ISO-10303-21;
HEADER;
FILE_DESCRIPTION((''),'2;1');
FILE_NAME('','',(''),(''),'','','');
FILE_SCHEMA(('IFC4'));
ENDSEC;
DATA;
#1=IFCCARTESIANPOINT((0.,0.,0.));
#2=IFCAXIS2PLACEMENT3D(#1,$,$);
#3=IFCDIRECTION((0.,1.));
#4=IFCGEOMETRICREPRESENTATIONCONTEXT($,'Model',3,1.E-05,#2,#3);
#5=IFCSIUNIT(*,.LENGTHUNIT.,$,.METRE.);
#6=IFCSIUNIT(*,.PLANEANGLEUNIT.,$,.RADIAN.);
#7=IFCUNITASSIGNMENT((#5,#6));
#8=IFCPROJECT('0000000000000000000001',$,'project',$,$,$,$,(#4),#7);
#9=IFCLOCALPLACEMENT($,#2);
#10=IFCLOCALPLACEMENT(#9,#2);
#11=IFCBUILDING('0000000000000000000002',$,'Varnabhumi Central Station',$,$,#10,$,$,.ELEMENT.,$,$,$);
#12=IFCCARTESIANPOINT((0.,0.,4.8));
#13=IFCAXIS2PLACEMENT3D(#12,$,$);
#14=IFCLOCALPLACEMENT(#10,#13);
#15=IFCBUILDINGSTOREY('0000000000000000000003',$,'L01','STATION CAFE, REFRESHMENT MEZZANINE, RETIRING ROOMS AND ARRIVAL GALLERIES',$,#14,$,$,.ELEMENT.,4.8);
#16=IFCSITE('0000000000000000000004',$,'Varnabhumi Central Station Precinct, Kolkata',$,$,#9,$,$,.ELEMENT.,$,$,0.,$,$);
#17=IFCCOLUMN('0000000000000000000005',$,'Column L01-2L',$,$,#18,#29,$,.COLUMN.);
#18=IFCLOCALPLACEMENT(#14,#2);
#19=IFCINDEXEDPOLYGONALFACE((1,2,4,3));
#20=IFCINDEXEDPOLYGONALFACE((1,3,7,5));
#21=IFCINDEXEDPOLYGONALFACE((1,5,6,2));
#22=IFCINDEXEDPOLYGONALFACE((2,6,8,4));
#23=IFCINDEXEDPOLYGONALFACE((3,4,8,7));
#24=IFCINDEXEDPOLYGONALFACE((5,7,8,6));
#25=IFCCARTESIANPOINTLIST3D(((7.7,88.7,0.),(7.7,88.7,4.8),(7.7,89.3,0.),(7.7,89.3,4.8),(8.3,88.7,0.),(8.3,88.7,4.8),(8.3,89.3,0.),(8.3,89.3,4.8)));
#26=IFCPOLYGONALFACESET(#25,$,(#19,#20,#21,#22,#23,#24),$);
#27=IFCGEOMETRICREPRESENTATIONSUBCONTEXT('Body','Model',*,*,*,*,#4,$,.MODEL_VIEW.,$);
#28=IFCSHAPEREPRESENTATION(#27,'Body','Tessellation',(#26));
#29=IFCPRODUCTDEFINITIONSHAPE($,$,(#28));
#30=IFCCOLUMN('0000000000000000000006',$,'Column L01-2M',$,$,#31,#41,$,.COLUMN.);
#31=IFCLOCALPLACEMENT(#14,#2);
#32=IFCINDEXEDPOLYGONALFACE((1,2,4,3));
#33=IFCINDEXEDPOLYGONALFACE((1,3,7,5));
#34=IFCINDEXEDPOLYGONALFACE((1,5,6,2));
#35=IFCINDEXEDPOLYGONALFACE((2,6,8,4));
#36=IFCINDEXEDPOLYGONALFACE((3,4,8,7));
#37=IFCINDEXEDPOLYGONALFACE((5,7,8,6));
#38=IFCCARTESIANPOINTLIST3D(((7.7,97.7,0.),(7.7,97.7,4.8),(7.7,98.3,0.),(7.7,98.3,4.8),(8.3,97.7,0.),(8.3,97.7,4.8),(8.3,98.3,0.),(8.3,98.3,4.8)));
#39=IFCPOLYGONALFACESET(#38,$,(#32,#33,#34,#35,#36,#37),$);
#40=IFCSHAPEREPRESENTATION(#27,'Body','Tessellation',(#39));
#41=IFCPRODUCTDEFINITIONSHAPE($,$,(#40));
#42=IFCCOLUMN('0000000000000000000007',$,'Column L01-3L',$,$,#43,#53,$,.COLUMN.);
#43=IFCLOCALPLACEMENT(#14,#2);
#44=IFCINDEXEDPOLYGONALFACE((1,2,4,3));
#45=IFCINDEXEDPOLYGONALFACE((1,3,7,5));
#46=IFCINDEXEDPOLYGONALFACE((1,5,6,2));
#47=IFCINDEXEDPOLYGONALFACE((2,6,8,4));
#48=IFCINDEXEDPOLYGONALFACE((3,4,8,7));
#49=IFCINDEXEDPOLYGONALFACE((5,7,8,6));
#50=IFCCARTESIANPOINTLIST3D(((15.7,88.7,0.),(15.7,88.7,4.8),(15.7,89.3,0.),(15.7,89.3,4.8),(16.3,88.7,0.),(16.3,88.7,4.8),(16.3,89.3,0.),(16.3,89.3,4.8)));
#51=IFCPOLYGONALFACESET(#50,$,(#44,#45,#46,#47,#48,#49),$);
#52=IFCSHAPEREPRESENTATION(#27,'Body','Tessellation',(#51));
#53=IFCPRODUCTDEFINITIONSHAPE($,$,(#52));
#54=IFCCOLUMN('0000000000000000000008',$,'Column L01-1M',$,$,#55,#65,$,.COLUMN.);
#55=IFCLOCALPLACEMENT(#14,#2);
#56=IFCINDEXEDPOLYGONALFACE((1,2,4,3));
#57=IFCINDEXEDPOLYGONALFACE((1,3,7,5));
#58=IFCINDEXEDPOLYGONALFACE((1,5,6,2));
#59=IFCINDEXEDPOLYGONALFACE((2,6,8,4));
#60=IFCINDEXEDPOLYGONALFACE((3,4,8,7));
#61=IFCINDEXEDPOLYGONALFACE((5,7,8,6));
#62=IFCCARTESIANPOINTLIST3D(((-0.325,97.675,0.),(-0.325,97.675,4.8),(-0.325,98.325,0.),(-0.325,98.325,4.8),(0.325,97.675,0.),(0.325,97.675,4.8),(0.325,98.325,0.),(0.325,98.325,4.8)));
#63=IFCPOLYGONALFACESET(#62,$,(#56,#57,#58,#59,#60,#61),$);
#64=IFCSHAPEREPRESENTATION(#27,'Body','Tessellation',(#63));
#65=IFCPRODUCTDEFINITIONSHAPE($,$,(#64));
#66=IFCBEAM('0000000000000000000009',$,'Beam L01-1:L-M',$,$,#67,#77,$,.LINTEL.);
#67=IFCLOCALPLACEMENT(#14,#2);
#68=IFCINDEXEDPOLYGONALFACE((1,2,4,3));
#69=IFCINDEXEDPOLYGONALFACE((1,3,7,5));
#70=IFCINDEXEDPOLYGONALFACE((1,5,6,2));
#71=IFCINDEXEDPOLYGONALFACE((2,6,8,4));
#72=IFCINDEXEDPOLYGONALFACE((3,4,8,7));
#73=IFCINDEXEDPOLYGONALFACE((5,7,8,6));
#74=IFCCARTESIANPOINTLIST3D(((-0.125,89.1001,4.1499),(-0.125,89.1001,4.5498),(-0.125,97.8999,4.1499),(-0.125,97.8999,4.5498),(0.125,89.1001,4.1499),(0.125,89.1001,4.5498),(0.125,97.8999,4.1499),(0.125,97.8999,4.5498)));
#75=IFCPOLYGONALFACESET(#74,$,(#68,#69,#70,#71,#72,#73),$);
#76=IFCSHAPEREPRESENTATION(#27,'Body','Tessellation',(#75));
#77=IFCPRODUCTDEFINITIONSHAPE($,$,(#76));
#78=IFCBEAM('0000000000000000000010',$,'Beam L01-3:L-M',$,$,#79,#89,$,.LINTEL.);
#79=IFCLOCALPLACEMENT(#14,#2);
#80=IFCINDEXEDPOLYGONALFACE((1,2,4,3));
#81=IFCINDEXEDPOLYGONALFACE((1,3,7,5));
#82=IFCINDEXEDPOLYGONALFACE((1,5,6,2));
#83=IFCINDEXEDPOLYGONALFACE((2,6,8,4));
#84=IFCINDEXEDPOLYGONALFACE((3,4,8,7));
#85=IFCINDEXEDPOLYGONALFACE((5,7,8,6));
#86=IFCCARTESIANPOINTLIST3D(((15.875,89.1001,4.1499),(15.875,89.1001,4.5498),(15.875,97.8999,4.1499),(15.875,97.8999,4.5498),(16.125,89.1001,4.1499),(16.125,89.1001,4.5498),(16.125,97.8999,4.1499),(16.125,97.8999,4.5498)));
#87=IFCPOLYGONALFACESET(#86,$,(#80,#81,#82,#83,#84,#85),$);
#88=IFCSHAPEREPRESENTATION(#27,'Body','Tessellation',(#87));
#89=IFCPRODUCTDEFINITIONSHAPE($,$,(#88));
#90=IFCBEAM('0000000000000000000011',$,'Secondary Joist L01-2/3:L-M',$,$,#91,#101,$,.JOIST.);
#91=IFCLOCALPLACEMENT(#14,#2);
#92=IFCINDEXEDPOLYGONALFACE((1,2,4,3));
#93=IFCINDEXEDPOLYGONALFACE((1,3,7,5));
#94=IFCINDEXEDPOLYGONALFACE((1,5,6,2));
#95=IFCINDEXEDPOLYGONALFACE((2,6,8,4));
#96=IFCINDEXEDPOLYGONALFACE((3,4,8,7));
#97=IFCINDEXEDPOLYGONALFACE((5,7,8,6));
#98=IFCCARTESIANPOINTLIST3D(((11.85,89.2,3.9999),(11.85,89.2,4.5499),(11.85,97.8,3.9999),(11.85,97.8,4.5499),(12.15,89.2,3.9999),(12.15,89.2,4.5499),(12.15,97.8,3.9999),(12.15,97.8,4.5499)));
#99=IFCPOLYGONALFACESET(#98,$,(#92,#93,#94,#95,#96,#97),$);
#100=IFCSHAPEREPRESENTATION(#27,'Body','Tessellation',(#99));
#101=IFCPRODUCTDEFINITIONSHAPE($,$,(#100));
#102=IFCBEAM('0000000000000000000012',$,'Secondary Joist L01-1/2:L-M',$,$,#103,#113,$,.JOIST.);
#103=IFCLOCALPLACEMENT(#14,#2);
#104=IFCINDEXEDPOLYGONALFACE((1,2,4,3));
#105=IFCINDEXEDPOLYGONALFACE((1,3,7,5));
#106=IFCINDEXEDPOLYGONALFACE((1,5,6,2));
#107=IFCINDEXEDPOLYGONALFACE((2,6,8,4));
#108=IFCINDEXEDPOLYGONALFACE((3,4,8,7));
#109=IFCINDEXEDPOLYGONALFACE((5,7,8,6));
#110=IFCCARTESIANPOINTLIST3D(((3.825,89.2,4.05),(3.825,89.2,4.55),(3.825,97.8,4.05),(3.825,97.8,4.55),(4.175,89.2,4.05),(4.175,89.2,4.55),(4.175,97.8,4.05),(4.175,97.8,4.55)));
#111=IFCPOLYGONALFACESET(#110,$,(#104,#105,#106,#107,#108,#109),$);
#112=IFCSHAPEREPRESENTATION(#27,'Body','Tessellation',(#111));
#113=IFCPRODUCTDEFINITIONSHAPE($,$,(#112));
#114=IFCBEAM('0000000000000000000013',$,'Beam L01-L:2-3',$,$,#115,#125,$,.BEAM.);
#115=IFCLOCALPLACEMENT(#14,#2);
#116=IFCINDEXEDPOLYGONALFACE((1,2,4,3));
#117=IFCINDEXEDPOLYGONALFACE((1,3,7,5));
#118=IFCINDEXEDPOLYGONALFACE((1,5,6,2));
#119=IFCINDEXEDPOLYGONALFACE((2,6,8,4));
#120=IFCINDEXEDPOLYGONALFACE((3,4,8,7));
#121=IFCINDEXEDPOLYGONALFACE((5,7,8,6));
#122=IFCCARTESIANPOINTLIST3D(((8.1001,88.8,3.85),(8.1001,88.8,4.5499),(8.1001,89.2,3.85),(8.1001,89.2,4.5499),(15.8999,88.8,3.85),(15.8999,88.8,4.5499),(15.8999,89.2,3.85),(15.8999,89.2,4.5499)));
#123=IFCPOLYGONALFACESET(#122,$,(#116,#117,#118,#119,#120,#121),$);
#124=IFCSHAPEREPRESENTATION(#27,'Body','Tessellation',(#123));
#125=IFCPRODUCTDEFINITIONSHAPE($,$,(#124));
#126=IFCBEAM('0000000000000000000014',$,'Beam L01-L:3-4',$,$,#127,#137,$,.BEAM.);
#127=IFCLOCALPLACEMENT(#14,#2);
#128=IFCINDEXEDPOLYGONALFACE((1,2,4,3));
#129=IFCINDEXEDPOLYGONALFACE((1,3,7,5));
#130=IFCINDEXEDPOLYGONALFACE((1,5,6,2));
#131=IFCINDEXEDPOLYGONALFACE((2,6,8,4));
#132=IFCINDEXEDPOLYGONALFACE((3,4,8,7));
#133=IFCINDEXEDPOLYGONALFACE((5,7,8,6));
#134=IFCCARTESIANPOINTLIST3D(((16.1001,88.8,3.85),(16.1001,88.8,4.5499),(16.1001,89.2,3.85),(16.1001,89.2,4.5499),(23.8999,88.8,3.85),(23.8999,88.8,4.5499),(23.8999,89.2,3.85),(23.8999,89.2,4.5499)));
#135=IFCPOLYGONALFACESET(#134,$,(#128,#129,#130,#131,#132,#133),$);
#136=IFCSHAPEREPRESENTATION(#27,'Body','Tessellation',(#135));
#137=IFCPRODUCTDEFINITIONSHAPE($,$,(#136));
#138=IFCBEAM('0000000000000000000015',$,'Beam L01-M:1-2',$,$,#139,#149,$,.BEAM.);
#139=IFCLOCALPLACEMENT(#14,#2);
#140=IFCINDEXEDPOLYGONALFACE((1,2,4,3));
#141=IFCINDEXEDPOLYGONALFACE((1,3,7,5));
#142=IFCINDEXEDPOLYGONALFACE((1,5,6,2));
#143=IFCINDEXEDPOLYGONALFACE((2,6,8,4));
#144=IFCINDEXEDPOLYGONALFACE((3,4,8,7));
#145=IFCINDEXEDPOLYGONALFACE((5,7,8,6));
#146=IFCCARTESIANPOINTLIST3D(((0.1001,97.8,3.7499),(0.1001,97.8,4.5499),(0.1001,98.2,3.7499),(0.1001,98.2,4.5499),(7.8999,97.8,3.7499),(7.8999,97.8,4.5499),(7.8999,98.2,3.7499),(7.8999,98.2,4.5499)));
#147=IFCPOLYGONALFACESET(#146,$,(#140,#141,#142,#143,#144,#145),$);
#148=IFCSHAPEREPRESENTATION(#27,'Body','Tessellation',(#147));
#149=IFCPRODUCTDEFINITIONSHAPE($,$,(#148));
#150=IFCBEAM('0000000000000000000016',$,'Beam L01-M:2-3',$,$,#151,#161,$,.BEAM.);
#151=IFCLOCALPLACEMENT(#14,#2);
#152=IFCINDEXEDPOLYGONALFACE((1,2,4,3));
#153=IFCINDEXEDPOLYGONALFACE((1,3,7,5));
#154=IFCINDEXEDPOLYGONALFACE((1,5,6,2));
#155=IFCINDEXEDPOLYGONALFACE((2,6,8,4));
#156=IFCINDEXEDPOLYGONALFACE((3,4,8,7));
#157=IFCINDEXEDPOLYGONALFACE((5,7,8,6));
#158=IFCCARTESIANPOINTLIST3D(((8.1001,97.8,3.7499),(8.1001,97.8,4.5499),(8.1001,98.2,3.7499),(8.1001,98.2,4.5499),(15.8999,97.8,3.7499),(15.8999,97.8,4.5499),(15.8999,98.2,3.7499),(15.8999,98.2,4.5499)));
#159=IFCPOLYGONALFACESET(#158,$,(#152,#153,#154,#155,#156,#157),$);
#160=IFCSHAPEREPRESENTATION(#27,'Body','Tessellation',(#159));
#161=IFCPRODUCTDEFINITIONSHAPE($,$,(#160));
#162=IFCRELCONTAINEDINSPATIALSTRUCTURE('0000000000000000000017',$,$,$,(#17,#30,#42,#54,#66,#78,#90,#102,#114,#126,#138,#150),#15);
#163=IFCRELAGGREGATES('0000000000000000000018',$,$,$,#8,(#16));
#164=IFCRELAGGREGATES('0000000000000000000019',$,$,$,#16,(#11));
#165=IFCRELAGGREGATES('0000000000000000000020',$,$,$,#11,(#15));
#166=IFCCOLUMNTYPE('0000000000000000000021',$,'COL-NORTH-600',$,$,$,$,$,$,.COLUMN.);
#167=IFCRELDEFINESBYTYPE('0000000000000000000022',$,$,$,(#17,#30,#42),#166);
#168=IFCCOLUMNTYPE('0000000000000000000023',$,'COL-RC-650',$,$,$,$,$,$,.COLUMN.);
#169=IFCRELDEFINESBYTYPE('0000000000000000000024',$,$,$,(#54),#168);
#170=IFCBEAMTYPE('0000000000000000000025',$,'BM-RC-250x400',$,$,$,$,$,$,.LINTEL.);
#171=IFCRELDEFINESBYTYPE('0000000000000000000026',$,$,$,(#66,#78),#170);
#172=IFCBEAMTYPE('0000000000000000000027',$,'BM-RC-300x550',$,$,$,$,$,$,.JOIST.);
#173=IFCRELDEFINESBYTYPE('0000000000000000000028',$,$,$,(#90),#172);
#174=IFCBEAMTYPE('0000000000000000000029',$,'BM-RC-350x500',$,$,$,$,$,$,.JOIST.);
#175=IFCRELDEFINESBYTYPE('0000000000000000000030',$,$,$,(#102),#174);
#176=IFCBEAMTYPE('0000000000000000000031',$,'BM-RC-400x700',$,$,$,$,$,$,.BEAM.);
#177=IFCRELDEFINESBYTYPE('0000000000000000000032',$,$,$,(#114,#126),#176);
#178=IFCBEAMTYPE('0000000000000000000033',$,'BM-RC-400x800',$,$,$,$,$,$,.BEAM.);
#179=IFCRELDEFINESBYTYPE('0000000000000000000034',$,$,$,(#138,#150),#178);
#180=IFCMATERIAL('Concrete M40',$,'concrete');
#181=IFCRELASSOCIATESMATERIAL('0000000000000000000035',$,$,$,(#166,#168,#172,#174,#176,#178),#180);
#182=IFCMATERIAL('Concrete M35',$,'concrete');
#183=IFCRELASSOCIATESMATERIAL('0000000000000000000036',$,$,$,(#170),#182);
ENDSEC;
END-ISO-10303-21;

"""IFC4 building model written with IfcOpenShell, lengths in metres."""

from ifc_helpers import new_model, si_unit, direction, frame, origin, origin_2d, place, context, subcontext, project, spatial, rectangle, extrude, material, material_profile, profile_set, type_object, element, save


model = new_model("IFC4")

# Units and contexts
model_context = context("Model", 3, precision=1e-05, world=origin(), true_north=direction((0.0, 1.0)))
body_context = subcontext(model_context, "Body", "Model", "MODEL_VIEW")
ifc_project = project(units=[si_unit("LENGTHUNIT", "METRE"), si_unit("PLANEANGLEUNIT", "RADIAN")], contexts=[model_context])

# Site, building, storey
site_placement = place(None, origin())
site = spatial("IfcSite", under=ifc_project, at=site_placement, Name="Varnabhumi Central Station Precinct, Kolkata", CompositionType="ELEMENT", RefElevation=0.0)
building_placement = place(site_placement, origin())
building = spatial("IfcBuilding", under=site, at=building_placement, Name="Varnabhumi Central Station", CompositionType="ELEMENT")
storey_placement = place(building_placement, frame((0.0, 0.0, 4.8)))
storey = spatial("IfcBuildingStorey", under=building, at=storey_placement, Name="L01", Description="STATION CAFE, REFRESHMENT MEZZANINE, RETIRING ROOMS AND ARRIVAL GALLERIES", CompositionType="ELEMENT", Elevation=4.8)

# Columns
ifc_material_1 = material(Name="Concrete M40", Category="concrete")
ifc_material_profile_1 = material_profile(ifc_material_1, rectangle(XDim=0.6001, YDim=0.6001, at=origin_2d()), Name="Concrete M40", Category="concrete")
ifc_profile_set_1 = profile_set([ifc_material_profile_1], Name="Concrete M40")
column_type_1 = type_object("IfcColumnType", Name="COL-NORTH-600", PredefinedType="COLUMN", material=ifc_profile_set_1)
for number, where, z_axis, x_axis, name in (
    (1, (8.0, 89.0, 0.0), (0.0, 0.0, 1.0), (1.0, 0.0, 0.0), "Column L01-2L"),
    (2, (8.0, 98.0, 0.0), (0.0, 0.0, 1.0), (1.0, 0.0, 0.0), "Column L01-2M"),
    (3, (16.0, 89.0, 0.0), (0.0, 0.0, 1.0), (1.0, 0.0, 0.0), "Column L01-3L"),
):
    element("IfcColumn", number, at=place(storey_placement, frame(where, z_axis=z_axis, x_axis=x_axis)), inside=storey, type_object=column_type_1, Name=name, PredefinedType="COLUMN", context=body_context, shape_type="SweptSolid", body=[
        extrude(rectangle(XDim=0.6001, YDim=0.6001, at=origin_2d()), origin(), (0.0, 0.0, 1.0), 4.8),
    ])
ifc_material_profile_2 = material_profile(ifc_material_1, rectangle(XDim=0.6499, YDim=0.6499, at=origin_2d()), Name="Concrete M40", Category="concrete")
ifc_profile_set_2 = profile_set([ifc_material_profile_2], Name="Concrete M40")
column_type_2 = type_object("IfcColumnType", Name="COL-RC-650", PredefinedType="COLUMN", material=ifc_profile_set_2)
column_placement = place(storey_placement, frame((0.0, 98.0, 0.0), z_axis=(0.0, 0.0, 1.0), x_axis=(1.0, 0.0, 0.0)))
element("IfcColumn", 4, at=column_placement, inside=storey, type_object=column_type_2, Name="Column L01-1M", PredefinedType="COLUMN", context=body_context, shape_type="SweptSolid", body=[
    extrude(rectangle(XDim=0.6499, YDim=0.6499, at=origin_2d()), origin(), (0.0, 0.0, 1.0), 4.8),
])

# Beams
ifc_material_2 = material(Name="Concrete M35", Category="concrete")
ifc_material_profile_3 = material_profile(ifc_material_2, rectangle(XDim=0.25, YDim=0.3999, at=origin_2d()), Name="Concrete M35", Category="concrete")
ifc_profile_set_3 = profile_set([ifc_material_profile_3], Name="Concrete M35")
beam_type_1 = type_object("IfcBeamType", Name="BM-RC-250x400", PredefinedType="LINTEL", material=ifc_profile_set_3)
for number, where, z_axis, x_axis, name in (
    (5, (0.0, 89.1001, 4.3499), (0.0, 1.0, 0.0), (-1.0, 0.0, 0.0), "Beam L01-1:L-M"),
    (6, (16.0, 89.1001, 4.3499), (0.0, 1.0, 0.0), (-1.0, 0.0, 0.0), "Beam L01-3:L-M"),
):
    element("IfcBeam", number, at=place(storey_placement, frame(where, z_axis=z_axis, x_axis=x_axis)), inside=storey, type_object=beam_type_1, Name=name, PredefinedType="LINTEL", context=body_context, shape_type="SweptSolid", body=[
        extrude(rectangle(XDim=0.25, YDim=0.3999, at=origin_2d()), origin(), (0.0, 0.0, 1.0), 8.7998),
    ])
ifc_material_profile_4 = material_profile(ifc_material_1, rectangle(XDim=0.3, YDim=0.55, at=origin_2d()), Name="Concrete M40", Category="concrete")
ifc_profile_set_4 = profile_set([ifc_material_profile_4], Name="Concrete M40")
beam_type_2 = type_object("IfcBeamType", Name="BM-RC-300x550", PredefinedType="JOIST", material=ifc_profile_set_4)
beam_1_placement = place(storey_placement, frame((12.0, 89.2, 4.2749), z_axis=(0.0, 1.0, 0.0), x_axis=(-1.0, 0.0, 0.0)))
element("IfcBeam", 7, at=beam_1_placement, inside=storey, type_object=beam_type_2, Name="Secondary Joist L01-2/3:L-M", PredefinedType="JOIST", context=body_context, shape_type="SweptSolid", body=[
    extrude(rectangle(XDim=0.3, YDim=0.55, at=origin_2d()), origin(), (0.0, 0.0, 1.0), 8.6001),
])
ifc_material_profile_5 = material_profile(ifc_material_1, rectangle(XDim=0.3501, YDim=0.5, at=origin_2d()), Name="Concrete M40", Category="concrete")
ifc_profile_set_5 = profile_set([ifc_material_profile_5], Name="Concrete M40")
beam_type_3 = type_object("IfcBeamType", Name="BM-RC-350x500", PredefinedType="JOIST", material=ifc_profile_set_5)
beam_2_placement = place(storey_placement, frame((4.0, 89.2, 4.3), z_axis=(0.0, 1.0, 0.0), x_axis=(-1.0, 0.0, 0.0)))
element("IfcBeam", 8, at=beam_2_placement, inside=storey, type_object=beam_type_3, Name="Secondary Joist L01-1/2:L-M", PredefinedType="JOIST", context=body_context, shape_type="SweptSolid", body=[
    extrude(rectangle(XDim=0.3501, YDim=0.5, at=origin_2d()), origin(), (0.0, 0.0, 1.0), 8.6001),
])
ifc_material_profile_6 = material_profile(ifc_material_1, rectangle(XDim=0.3999, YDim=0.7, at=origin_2d()), Name="Concrete M40", Category="concrete")
ifc_profile_set_6 = profile_set([ifc_material_profile_6], Name="Concrete M40")
beam_type_4 = type_object("IfcBeamType", Name="BM-RC-400x700", PredefinedType="BEAM", material=ifc_profile_set_6)
for number, where, z_axis, x_axis, name in (
    (9, (8.1001, 89.0, 4.2), (1.0, 0.0, 0.0), (0.0, 1.0, 0.0), "Beam L01-L:2-3"),
    (10, (16.1001, 89.0, 4.2), (1.0, 0.0, 0.0), (0.0, 1.0, 0.0), "Beam L01-L:3-4"),
):
    element("IfcBeam", number, at=place(storey_placement, frame(where, z_axis=z_axis, x_axis=x_axis)), inside=storey, type_object=beam_type_4, Name=name, PredefinedType="BEAM", context=body_context, shape_type="SweptSolid", body=[
        extrude(rectangle(XDim=0.3999, YDim=0.7, at=origin_2d()), origin(), (0.0, 0.0, 1.0), 7.7998),
    ])
ifc_material_profile_7 = material_profile(ifc_material_1, rectangle(XDim=0.3999, YDim=0.8, at=origin_2d()), Name="Concrete M40", Category="concrete")
ifc_profile_set_7 = profile_set([ifc_material_profile_7], Name="Concrete M40")
beam_type_5 = type_object("IfcBeamType", Name="BM-RC-400x800", PredefinedType="BEAM", material=ifc_profile_set_7)
for number, where, z_axis, x_axis, name in (
    (11, (0.1001, 98.0, 4.1499), (1.0, 0.0, 0.0), (0.0, 1.0, 0.0), "Beam L01-M:1-2"),
    (12, (8.1001, 98.0, 4.1499), (1.0, 0.0, 0.0), (0.0, 1.0, 0.0), "Beam L01-M:2-3"),
):
    element("IfcBeam", number, at=place(storey_placement, frame(where, z_axis=z_axis, x_axis=x_axis)), inside=storey, type_object=beam_type_5, Name=name, PredefinedType="BEAM", context=body_context, shape_type="SweptSolid", body=[
        extrude(rectangle(XDim=0.3999, YDim=0.8, at=origin_2d()), origin(), (0.0, 0.0, 1.0), 7.7998),
    ])

save(model, "model.ifc")
